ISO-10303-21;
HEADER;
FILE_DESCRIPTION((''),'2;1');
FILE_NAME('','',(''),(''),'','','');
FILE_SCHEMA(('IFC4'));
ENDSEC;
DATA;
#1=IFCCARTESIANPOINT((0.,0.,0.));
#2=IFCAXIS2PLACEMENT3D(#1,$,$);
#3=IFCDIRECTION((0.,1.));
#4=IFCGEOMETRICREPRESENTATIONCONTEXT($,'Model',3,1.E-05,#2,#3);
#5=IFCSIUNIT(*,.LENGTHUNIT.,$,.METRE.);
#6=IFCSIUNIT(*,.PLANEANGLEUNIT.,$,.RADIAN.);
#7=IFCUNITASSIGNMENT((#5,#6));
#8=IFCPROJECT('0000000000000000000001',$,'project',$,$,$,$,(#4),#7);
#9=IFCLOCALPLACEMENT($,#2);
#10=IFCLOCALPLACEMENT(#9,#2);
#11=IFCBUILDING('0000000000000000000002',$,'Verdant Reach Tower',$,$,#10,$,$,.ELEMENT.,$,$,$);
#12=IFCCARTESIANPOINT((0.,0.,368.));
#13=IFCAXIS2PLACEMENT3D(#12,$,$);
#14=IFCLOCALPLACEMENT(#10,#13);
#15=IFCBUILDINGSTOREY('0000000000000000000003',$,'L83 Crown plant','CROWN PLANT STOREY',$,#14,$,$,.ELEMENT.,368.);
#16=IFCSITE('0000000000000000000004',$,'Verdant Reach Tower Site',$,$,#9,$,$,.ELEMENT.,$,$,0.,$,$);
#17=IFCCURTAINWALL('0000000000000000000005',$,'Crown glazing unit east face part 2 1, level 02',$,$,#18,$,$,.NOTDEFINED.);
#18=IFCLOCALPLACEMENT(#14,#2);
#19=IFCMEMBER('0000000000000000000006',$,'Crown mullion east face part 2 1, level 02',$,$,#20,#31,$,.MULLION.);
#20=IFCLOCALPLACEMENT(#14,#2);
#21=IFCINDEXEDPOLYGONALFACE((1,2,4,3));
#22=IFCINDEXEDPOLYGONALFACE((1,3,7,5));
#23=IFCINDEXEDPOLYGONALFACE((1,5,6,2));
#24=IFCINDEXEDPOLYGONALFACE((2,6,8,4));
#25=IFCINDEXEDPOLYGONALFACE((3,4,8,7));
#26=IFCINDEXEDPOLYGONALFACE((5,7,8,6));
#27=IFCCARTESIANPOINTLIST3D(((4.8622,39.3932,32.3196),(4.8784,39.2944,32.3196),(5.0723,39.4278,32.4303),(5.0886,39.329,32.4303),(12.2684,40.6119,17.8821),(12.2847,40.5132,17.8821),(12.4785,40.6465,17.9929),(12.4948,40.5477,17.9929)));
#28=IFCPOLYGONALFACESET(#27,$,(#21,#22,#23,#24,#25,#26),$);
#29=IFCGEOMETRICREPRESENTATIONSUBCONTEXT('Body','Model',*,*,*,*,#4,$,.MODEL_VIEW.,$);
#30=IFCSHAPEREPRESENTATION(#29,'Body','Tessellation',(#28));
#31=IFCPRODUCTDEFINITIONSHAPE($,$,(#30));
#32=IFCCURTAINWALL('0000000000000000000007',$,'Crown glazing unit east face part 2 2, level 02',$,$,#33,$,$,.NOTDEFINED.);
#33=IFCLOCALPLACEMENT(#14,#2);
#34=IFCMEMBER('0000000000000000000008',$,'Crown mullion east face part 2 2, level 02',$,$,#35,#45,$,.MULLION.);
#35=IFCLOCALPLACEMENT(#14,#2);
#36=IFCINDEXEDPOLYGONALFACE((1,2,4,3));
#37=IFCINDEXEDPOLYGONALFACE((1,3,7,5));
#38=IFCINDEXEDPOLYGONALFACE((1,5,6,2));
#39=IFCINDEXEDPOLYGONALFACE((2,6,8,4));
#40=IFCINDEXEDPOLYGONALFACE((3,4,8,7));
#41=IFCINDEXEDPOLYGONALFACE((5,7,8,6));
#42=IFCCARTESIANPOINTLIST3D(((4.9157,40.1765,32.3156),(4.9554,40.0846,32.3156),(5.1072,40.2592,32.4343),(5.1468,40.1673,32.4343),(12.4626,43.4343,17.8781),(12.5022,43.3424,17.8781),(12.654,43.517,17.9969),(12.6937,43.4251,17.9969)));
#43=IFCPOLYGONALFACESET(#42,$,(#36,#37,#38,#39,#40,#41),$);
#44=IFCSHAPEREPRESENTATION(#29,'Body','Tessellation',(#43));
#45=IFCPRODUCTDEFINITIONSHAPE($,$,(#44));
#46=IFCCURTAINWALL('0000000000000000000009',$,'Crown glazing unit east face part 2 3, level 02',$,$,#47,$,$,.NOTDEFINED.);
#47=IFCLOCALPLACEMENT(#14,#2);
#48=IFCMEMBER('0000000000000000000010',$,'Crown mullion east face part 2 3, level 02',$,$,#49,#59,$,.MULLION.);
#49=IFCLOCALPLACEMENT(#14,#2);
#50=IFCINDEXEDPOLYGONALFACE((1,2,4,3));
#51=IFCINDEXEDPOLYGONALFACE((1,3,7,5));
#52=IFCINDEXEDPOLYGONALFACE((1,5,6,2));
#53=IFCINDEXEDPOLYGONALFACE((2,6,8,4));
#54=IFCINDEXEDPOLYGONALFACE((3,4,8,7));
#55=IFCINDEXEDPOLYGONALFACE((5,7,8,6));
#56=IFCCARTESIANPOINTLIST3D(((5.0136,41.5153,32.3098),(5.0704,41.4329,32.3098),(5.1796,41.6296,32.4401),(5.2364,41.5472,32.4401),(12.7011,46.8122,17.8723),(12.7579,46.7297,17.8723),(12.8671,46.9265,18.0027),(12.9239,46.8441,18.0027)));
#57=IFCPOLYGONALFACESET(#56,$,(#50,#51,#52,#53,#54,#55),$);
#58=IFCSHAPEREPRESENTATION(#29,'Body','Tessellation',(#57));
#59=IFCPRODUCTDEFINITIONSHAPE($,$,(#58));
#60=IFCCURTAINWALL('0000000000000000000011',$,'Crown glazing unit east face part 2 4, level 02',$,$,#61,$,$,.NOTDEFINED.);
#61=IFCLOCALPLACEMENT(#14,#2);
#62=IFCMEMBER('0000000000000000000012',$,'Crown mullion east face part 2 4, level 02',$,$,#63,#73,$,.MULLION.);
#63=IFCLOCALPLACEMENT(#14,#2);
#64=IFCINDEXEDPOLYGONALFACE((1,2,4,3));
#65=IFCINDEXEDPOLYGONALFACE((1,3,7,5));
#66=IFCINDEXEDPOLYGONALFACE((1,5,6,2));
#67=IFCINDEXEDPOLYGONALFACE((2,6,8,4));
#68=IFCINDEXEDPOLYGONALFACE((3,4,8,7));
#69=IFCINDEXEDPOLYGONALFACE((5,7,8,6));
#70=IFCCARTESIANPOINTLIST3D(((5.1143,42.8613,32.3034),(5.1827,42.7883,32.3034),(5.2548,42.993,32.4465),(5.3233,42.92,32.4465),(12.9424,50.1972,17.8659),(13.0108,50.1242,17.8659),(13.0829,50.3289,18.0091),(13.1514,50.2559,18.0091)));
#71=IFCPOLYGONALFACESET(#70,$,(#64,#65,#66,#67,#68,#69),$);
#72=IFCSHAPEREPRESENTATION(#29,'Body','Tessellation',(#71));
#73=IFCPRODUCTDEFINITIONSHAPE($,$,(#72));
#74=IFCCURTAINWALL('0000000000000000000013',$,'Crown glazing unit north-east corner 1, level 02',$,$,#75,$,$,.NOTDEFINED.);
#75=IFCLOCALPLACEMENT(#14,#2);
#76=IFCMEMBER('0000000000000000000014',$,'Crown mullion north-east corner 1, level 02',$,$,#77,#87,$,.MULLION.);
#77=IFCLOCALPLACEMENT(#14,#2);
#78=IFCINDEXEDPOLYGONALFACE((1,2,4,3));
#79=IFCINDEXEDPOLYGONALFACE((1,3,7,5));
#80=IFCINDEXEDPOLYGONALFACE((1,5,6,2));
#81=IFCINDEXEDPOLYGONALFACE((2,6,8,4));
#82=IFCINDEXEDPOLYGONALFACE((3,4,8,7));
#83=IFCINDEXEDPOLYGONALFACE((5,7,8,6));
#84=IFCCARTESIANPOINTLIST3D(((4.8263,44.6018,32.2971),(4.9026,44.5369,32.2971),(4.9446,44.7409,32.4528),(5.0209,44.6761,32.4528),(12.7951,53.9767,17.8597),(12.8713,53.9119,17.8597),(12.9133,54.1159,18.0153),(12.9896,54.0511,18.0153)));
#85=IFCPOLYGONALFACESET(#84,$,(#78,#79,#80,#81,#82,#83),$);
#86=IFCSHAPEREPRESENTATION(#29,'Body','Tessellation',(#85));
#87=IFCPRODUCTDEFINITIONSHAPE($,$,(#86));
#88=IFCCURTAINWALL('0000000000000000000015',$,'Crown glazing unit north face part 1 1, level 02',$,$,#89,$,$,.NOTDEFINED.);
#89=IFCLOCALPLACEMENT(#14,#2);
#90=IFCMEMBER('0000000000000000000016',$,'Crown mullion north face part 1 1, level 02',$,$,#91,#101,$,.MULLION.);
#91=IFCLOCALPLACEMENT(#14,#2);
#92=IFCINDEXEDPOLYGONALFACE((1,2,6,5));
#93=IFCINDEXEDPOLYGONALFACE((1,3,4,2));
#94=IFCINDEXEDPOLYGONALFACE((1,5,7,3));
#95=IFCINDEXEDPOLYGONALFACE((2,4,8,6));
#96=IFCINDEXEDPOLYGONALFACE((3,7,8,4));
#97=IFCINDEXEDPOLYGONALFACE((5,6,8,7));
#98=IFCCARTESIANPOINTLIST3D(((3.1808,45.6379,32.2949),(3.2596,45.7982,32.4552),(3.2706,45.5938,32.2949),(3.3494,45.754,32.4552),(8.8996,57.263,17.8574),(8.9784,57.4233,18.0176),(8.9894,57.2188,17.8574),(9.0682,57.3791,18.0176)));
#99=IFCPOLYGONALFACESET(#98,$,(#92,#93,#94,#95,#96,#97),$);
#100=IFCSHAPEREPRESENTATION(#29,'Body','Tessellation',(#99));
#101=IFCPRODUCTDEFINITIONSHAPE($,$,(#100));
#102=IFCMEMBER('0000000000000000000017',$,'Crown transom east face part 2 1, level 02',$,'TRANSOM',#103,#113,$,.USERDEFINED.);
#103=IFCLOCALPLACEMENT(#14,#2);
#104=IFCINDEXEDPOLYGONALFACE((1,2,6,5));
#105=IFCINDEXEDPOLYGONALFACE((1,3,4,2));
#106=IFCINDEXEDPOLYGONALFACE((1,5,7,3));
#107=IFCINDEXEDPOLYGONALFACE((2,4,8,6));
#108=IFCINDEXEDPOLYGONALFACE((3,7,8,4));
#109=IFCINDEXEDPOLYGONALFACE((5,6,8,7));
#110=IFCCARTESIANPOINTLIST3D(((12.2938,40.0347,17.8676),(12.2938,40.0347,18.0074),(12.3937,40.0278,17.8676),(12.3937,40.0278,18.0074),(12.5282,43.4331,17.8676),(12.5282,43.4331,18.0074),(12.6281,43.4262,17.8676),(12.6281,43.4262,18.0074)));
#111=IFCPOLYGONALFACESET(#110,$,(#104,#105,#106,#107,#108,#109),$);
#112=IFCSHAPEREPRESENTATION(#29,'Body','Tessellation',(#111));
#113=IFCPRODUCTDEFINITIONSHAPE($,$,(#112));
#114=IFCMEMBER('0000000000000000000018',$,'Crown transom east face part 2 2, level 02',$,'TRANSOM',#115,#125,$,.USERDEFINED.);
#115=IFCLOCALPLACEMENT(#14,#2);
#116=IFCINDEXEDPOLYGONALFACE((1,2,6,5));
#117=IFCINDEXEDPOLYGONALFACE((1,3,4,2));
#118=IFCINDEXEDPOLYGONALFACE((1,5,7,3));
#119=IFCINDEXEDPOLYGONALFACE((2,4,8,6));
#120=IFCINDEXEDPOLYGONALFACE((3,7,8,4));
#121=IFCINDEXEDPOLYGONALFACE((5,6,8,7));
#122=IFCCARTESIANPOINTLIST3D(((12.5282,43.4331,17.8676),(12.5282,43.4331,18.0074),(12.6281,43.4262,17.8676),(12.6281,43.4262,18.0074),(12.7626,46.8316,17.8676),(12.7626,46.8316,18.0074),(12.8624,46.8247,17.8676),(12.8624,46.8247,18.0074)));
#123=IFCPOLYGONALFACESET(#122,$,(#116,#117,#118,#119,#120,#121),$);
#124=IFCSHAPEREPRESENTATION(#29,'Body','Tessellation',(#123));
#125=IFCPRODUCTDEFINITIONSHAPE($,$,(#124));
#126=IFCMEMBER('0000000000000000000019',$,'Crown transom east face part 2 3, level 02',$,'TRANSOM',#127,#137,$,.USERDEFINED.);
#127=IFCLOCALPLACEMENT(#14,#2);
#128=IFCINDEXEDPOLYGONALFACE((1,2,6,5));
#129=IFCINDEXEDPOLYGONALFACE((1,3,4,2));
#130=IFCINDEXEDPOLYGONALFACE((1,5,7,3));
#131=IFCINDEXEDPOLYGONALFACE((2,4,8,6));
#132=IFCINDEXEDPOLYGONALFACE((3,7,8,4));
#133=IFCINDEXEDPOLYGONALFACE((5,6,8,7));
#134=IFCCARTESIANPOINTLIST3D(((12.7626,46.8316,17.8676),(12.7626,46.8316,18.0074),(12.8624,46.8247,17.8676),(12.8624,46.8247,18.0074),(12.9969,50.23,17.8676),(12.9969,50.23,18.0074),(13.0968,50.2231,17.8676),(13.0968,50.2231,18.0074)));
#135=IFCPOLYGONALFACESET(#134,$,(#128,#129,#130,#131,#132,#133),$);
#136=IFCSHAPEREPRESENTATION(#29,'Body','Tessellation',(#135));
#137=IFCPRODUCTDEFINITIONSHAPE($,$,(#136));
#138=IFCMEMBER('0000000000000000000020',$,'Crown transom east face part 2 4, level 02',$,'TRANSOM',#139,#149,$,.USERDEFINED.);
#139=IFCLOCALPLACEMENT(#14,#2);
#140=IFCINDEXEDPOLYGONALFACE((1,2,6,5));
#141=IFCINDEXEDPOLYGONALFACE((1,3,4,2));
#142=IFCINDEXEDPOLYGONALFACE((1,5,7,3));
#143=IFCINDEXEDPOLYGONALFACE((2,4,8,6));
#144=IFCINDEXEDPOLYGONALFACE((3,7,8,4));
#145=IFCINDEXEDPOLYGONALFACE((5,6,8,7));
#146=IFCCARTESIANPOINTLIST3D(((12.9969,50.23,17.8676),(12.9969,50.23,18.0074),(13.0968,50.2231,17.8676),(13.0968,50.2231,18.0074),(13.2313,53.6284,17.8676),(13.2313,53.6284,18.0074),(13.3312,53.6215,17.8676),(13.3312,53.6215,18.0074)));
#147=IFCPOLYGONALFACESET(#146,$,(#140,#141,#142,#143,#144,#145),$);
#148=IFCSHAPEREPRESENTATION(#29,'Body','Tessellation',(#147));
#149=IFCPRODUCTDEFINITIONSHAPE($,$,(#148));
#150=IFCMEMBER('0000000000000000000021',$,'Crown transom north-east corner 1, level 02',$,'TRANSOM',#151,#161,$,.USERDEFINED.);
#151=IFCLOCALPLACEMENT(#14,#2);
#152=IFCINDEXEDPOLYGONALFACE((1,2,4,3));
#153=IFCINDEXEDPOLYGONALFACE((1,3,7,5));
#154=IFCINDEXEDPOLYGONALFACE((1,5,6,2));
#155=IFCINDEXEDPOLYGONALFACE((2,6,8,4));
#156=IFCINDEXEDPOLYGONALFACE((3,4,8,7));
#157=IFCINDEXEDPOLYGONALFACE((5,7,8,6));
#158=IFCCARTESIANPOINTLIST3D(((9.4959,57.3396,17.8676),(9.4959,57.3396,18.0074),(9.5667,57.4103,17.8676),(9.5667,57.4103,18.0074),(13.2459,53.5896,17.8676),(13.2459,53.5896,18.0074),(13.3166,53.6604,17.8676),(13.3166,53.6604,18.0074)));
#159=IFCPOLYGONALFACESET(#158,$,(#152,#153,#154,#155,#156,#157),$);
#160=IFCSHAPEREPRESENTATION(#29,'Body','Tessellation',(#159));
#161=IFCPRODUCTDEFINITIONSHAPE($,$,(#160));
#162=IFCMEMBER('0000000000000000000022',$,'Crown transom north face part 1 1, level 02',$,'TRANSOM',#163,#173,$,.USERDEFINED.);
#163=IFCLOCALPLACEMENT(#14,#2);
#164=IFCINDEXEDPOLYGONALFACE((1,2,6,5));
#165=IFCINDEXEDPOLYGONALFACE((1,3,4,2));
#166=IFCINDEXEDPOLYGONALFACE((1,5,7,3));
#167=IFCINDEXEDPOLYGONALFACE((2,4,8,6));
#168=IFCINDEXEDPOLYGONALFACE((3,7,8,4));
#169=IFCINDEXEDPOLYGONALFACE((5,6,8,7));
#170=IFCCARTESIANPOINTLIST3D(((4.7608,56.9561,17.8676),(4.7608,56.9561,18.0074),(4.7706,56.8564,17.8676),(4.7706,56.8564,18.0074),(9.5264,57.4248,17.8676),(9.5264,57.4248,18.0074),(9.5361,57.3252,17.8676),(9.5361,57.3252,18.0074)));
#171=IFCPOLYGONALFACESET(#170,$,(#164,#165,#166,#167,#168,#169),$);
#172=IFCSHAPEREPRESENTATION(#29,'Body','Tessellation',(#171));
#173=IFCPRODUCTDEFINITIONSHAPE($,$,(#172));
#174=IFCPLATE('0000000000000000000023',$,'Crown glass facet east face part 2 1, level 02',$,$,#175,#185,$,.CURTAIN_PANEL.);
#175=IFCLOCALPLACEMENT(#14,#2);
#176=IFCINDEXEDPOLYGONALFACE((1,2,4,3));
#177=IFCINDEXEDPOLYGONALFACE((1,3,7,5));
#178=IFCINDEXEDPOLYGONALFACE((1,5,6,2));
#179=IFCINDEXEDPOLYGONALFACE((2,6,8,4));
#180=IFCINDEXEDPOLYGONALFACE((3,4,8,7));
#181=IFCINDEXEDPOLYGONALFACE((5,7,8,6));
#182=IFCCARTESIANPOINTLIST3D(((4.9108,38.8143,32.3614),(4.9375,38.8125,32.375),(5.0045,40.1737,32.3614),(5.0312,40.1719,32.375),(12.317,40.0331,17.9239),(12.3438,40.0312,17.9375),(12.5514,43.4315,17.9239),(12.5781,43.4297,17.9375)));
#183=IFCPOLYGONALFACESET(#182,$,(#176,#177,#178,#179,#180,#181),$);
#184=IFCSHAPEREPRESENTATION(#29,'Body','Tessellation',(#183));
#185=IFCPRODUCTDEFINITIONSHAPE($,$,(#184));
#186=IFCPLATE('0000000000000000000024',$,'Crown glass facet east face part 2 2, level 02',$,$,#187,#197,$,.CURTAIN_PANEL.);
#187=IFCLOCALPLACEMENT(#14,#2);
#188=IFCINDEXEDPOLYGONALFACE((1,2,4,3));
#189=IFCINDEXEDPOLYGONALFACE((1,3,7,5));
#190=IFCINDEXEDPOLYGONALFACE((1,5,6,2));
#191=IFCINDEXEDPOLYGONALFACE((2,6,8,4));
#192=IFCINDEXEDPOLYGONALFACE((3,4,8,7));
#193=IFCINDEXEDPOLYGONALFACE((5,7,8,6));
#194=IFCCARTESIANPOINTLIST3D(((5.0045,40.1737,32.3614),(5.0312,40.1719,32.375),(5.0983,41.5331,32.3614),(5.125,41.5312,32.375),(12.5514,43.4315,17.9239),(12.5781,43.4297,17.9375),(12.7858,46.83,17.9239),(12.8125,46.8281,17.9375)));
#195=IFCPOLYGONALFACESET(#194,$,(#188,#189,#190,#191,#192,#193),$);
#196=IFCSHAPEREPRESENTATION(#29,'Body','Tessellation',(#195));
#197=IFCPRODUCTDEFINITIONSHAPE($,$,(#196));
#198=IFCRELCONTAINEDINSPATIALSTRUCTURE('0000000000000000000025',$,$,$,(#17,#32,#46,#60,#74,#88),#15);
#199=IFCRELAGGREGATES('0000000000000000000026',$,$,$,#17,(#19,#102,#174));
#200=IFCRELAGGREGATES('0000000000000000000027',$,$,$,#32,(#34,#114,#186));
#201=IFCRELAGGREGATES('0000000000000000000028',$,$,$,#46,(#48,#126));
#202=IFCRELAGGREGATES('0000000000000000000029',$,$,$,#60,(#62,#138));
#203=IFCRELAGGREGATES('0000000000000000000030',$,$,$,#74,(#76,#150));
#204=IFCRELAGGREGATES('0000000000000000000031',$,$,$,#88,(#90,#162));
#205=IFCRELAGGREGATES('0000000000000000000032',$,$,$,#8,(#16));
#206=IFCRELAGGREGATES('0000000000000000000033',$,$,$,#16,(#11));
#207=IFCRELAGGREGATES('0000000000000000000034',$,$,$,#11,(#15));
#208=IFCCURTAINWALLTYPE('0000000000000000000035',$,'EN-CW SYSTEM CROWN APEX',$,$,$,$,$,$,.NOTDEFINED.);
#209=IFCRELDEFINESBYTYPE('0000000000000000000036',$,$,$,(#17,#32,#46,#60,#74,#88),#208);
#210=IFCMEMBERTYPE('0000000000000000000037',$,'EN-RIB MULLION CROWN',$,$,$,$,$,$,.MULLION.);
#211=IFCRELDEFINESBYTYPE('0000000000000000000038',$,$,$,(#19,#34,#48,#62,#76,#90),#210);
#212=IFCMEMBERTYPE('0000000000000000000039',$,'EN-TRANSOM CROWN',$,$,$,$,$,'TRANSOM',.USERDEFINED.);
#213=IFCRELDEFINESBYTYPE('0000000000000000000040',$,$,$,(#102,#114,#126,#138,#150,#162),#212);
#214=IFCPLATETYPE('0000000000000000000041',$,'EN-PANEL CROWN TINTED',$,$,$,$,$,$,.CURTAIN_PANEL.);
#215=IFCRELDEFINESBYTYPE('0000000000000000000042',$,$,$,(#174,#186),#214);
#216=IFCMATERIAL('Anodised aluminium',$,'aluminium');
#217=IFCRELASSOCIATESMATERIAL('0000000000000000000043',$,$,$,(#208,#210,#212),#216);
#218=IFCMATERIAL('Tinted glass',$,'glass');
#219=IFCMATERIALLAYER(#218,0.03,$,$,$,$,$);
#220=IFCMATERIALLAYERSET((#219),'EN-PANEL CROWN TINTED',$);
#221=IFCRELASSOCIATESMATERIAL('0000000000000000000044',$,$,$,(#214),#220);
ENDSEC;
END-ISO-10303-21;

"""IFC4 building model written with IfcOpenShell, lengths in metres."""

from ifc_helpers import new_model, si_unit, direction, frame, origin, origin_2d, place, context, subcontext, project, spatial, polyline, rectangle, outline, extrude, material, layer, layer_set, material_profile, profile_set, type_object, element, aggregate, save


model = new_model("IFC4")

# Units and contexts
model_context = context("Model", 3, precision=1e-05, world=origin(), true_north=direction((0.0, 1.0)))
body_context = subcontext(model_context, "Body", "Model", "MODEL_VIEW")
ifc_project = project(units=[si_unit("LENGTHUNIT", "METRE"), si_unit("PLANEANGLEUNIT", "RADIAN")], contexts=[model_context])

# Site, building, storey
site_placement = place(None, origin())
site = spatial("IfcSite", under=ifc_project, at=site_placement, Name="Verdant Reach Tower Site", CompositionType="ELEMENT", RefElevation=0.0)
building_placement = place(site_placement, origin())
building = spatial("IfcBuilding", under=site, at=building_placement, Name="Verdant Reach Tower", CompositionType="ELEMENT")
storey_placement = place(building_placement, frame((0.0, 0.0, 368.0)))
storey = spatial("IfcBuildingStorey", under=building, at=storey_placement, Name="L83 Crown plant", Description="CROWN PLANT STOREY", CompositionType="ELEMENT", Elevation=368.0)

# Curtain walls, members
ifc_material_1 = material(Name="Anodised aluminium", Category="aluminium")
curtain_wall_type = type_object("IfcCurtainWallType", Name="EN-CW SYSTEM CROWN APEX", PredefinedType="NOTDEFINED", material=ifc_material_1)
curtain_wall_1_placement = place(storey_placement, origin())
curtain_wall_1 = element("IfcCurtainWall", 1, at=curtain_wall_1_placement, inside=storey, type_object=curtain_wall_type, Name="Crown glazing unit east face part 2 1, level 02", PredefinedType="NOTDEFINED")
ifc_material_profile_1 = material_profile(ifc_material_1, rectangle(XDim=0.1001, YDim=0.24, at=origin_2d()), Name="Mullion 100x240")
ifc_profile_set_1 = profile_set([ifc_material_profile_1], Name="Anodised aluminium")
member_type_1 = type_object("IfcMemberType", Name="EN-RIB MULLION CROWN", PredefinedType="MULLION", material=ifc_profile_set_1)
member_1_placement = place(storey_placement, frame((12.3816, 40.5798, 17.9375), z_axis=(-0.455152, -0.074898, 0.887258), x_axis=(0.162373, -0.986729, 0.0)))
member_1 = element("IfcMember", 2, at=member_1_placement, type_object=member_type_1, Name="Crown mullion east face part 2 1, level 02", PredefinedType="MULLION", context=body_context, shape_type="SweptSolid", body=[
    extrude(rectangle(XDim=0.1001, YDim=0.24, at=origin_2d()), origin(), (0.0, 0.0, 1.0), 16.272),
])
curtain_wall_2_placement = place(storey_placement, origin())
curtain_wall_2 = element("IfcCurtainWall", 3, at=curtain_wall_2_placement, inside=storey, type_object=curtain_wall_type, Name="Crown glazing unit east face part 2 2, level 02", PredefinedType="NOTDEFINED")
member_2_placement = place(storey_placement, frame((12.5781, 43.4297, 17.9375), z_axis=(-0.45426, -0.196094, 0.86902), x_axis=(0.396327, -0.91811, 0.0)))
member_2 = element("IfcMember", 4, at=member_2_placement, type_object=member_type_1, Name="Crown mullion east face part 2 2, level 02", PredefinedType="MULLION", context=body_context, shape_type="SweptSolid", body=[
    extrude(rectangle(XDim=0.1001, YDim=0.24, at=origin_2d()), origin(), (0.0, 0.0, 1.0), 16.6135),
])
curtain_wall_3_placement = place(storey_placement, origin())
curtain_wall_3 = element("IfcCurtainWall", 5, at=curtain_wall_3_placement, inside=storey, type_object=curtain_wall_type, Name="Crown glazing unit east face part 2 3, level 02", PredefinedType="NOTDEFINED")
member_3_placement = place(storey_placement, frame((12.8125, 46.8281, 17.9375), z_axis=(-0.447132, -0.308085, 0.839736), x_axis=(0.567381, -0.823455, 0.0)))
member_3 = element("IfcMember", 6, at=member_3_placement, type_object=member_type_1, Name="Crown mullion east face part 2 3, level 02", PredefinedType="MULLION", context=body_context, shape_type="SweptSolid", body=[
    extrude(rectangle(XDim=0.1001, YDim=0.24, at=origin_2d()), origin(), (0.0, 0.0, 1.0), 17.1929),
])
curtain_wall_4_placement = place(storey_placement, origin())
curtain_wall_4 = element("IfcCurtainWall", 7, at=curtain_wall_4_placement, inside=storey, type_object=curtain_wall_type, Name="Crown glazing unit east face part 2 4, level 02", PredefinedType="NOTDEFINED")
member_4_placement = place(storey_placement, frame((13.0469, 50.2266, 17.9375), z_axis=(-0.435207, -0.407844, 0.802657), x_axis=(0.683796, -0.729673, 0.0)))
member_4 = element("IfcMember", 8, at=member_4_placement, type_object=member_type_1, Name="Crown mullion east face part 2 4, level 02", PredefinedType="MULLION", context=body_context, shape_type="SweptSolid", body=[
    extrude(rectangle(XDim=0.1001, YDim=0.24, at=origin_2d()), origin(), (0.0, 0.0, 1.0), 17.9871),
])
curtain_wall_5_placement = place(storey_placement, origin())
curtain_wall_5 = element("IfcCurtainWall", 9, at=curtain_wall_5_placement, inside=storey, type_object=curtain_wall_type, Name="Crown glazing unit north-east corner 1, level 02", PredefinedType="NOTDEFINED")
member_5_placement = place(storey_placement, frame((12.8923, 54.0139, 17.9375), z_axis=(-0.420087, -0.494221, 0.7611), x_axis=(0.761939, -0.647648, 0.0)))
member_5 = element("IfcMember", 10, at=member_5_placement, type_object=member_type_1, Name="Crown mullion north-east corner 1, level 02", PredefinedType="MULLION", context=body_context, shape_type="SweptSolid", body=[
    extrude(rectangle(XDim=0.1001, YDim=0.24, at=origin_2d()), origin(), (0.0, 0.0, 1.0), 18.9692),
])
curtain_wall_6_placement = place(storey_placement, origin())
curtain_wall_6 = element("IfcCurtainWall", 11, at=curtain_wall_6_placement, inside=storey, type_object=curtain_wall_type, Name="Crown glazing unit north face part 1 1, level 02", PredefinedType="NOTDEFINED")
member_6_placement = place(storey_placement, frame((8.9839, 57.321, 17.9375), z_axis=(-0.29481, -0.599286, 0.744274), x_axis=(0.897303, -0.441415, 0.0)))
member_6 = element("IfcMember", 12, at=member_6_placement, type_object=member_type_1, Name="Crown mullion north face part 1 1, level 02", PredefinedType="MULLION", context=body_context, shape_type="SweptSolid", body=[
    extrude(rectangle(XDim=0.1001, YDim=0.24, at=origin_2d()), origin(), (0.0, 0.0, 1.0), 19.3982),
])

# Members
ifc_material_profile_2 = material_profile(ifc_material_1, rectangle(XDim=0.1001, YDim=0.1399, at=origin_2d()), Name="Transom 140x100")
ifc_profile_set_2 = profile_set([ifc_material_profile_2], Name="Anodised aluminium")
member_type_2 = type_object("IfcMemberType", Name="EN-TRANSOM CROWN", ElementType="TRANSOM", PredefinedType="USERDEFINED", material=ifc_profile_set_2)
member_7_placement = place(storey_placement, frame((12.3438, 40.0312, 17.9375), z_axis=(0.068802, 0.99763, 0.0), x_axis=(-0.99763, 0.068802, 0.0)))
member_7 = element("IfcMember", 13, at=member_7_placement, type_object=member_type_2, Name="Crown transom east face part 2 1, level 02", ObjectType="TRANSOM", PredefinedType="USERDEFINED", context=body_context, shape_type="SweptSolid", body=[
    extrude(rectangle(XDim=0.1001, YDim=0.1399, at=origin_2d()), origin(), (0.0, 0.0, 1.0), 3.4065),
])
member_8_placement = place(storey_placement, frame((12.5781, 43.4297, 17.9375), z_axis=(0.068802, 0.99763, 0.0), x_axis=(-0.99763, 0.068802, 0.0)))
member_8 = element("IfcMember", 14, at=member_8_placement, type_object=member_type_2, Name="Crown transom east face part 2 2, level 02", ObjectType="TRANSOM", PredefinedType="USERDEFINED", context=body_context, shape_type="SweptSolid", body=[
    extrude(rectangle(XDim=0.1001, YDim=0.1399, at=origin_2d()), origin(), (0.0, 0.0, 1.0), 3.4065),
])
member_9_placement = place(storey_placement, frame((12.8125, 46.8281, 17.9375), z_axis=(0.068802, 0.99763, 0.0), x_axis=(-0.99763, 0.068802, 0.0)))
member_9 = element("IfcMember", 15, at=member_9_placement, type_object=member_type_2, Name="Crown transom east face part 2 3, level 02", ObjectType="TRANSOM", PredefinedType="USERDEFINED", context=body_context, shape_type="SweptSolid", body=[
    extrude(rectangle(XDim=0.1001, YDim=0.1399, at=origin_2d()), origin(), (0.0, 0.0, 1.0), 3.4065),
])
member_10_placement = place(storey_placement, frame((13.0469, 50.2266, 17.9375), z_axis=(0.068802, 0.99763, 0.0), x_axis=(-0.99763, 0.068802, 0.0)))
member_10 = element("IfcMember", 16, at=member_10_placement, type_object=member_type_2, Name="Crown transom east face part 2 4, level 02", ObjectType="TRANSOM", PredefinedType="USERDEFINED", context=body_context, shape_type="SweptSolid", body=[
    extrude(rectangle(XDim=0.1001, YDim=0.1399, at=origin_2d()), origin(), (0.0, 0.0, 1.0), 3.4065),
])
member_11_placement = place(storey_placement, frame((13.2812, 53.625, 17.9375), z_axis=(-0.707107, 0.707107, 0.0), x_axis=(-0.707107, -0.707107, 0.0)))
member_11 = element("IfcMember", 17, at=member_11_placement, type_object=member_type_2, Name="Crown transom north-east corner 1, level 02", ObjectType="TRANSOM", PredefinedType="USERDEFINED", context=body_context, shape_type="SweptSolid", body=[
    extrude(rectangle(XDim=0.1001, YDim=0.1399, at=origin_2d()), origin(), (0.0, 0.0, 1.0), 5.3032),
])
member_12_placement = place(storey_placement, frame((9.5312, 57.375, 17.9375), z_axis=(-0.995197, -0.097888, 0.0), x_axis=(0.097888, -0.995197, 0.0)))
member_12 = element("IfcMember", 18, at=member_12_placement, type_object=member_type_2, Name="Crown transom north face part 1 1, level 02", ObjectType="TRANSOM", PredefinedType="USERDEFINED", context=body_context, shape_type="SweptSolid", body=[
    extrude(rectangle(XDim=0.1001, YDim=0.1399, at=origin_2d()), origin(), (0.0, 0.0, 1.0), 4.7886),
])

# Plates
ifc_material_2 = material(Name="Tinted glass", Category="glass")
ifc_layer_1 = layer(ifc_material_2, 0.03)
ifc_layer_set_1 = layer_set([ifc_layer_1], Name="EN-PANEL CROWN TINTED")
plate_type_1 = type_object("IfcPlateType", Name="EN-PANEL CROWN TINTED", PredefinedType="CURTAIN_PANEL", material=ifc_layer_set_1)
plate_1_placement = place(storey_placement, frame((12.3438, 40.0312, 17.9375), z_axis=(0.890174, -0.061391, 0.451465), x_axis=(0.068802, 0.99763, 0.0)))
plate_1 = element("IfcPlate", 19, at=plate_1_placement, type_object=plate_type_1, Name="Crown glass facet east face part 2 1, level 02", PredefinedType="CURTAIN_PANEL", context=body_context, shape_type="SweptSolid", body=[
    extrude(outline(polyline([(0.0, 0.0), (3.4065, 0.0), (-0.3628, 16.1803), (-1.7254, 16.1803), (0.0, 0.0)])), origin(), (0.0, 0.0, -1.0), 0.03),
])
aggregate(curtain_wall_1, [member_1, member_7, plate_1])
plate_2_placement = place(storey_placement, frame((12.5781, 43.4297, 17.9375), z_axis=(0.890174, -0.061391, 0.451465), x_axis=(0.068802, 0.99763, 0.0)))
plate_2 = element("IfcPlate", 20, at=plate_2_placement, type_object=plate_type_1, Name="Crown glass facet east face part 2 2, level 02", PredefinedType="CURTAIN_PANEL", context=body_context, shape_type="SweptSolid", body=[
    extrude(outline(polyline([(0.0, 0.0), (3.4065, 0.0), (-2.4067, 16.1803), (-3.7693, 16.1803), (0.0, 0.0)])), origin(), (0.0, 0.0, -1.0), 0.03),
])
aggregate(curtain_wall_2, [member_2, member_8, plate_2])
aggregate(curtain_wall_3, [member_3, member_9])
aggregate(curtain_wall_4, [member_4, member_10])
aggregate(curtain_wall_5, [member_5, member_11])
aggregate(curtain_wall_6, [member_6, member_12])

save(model, "model.ifc")
